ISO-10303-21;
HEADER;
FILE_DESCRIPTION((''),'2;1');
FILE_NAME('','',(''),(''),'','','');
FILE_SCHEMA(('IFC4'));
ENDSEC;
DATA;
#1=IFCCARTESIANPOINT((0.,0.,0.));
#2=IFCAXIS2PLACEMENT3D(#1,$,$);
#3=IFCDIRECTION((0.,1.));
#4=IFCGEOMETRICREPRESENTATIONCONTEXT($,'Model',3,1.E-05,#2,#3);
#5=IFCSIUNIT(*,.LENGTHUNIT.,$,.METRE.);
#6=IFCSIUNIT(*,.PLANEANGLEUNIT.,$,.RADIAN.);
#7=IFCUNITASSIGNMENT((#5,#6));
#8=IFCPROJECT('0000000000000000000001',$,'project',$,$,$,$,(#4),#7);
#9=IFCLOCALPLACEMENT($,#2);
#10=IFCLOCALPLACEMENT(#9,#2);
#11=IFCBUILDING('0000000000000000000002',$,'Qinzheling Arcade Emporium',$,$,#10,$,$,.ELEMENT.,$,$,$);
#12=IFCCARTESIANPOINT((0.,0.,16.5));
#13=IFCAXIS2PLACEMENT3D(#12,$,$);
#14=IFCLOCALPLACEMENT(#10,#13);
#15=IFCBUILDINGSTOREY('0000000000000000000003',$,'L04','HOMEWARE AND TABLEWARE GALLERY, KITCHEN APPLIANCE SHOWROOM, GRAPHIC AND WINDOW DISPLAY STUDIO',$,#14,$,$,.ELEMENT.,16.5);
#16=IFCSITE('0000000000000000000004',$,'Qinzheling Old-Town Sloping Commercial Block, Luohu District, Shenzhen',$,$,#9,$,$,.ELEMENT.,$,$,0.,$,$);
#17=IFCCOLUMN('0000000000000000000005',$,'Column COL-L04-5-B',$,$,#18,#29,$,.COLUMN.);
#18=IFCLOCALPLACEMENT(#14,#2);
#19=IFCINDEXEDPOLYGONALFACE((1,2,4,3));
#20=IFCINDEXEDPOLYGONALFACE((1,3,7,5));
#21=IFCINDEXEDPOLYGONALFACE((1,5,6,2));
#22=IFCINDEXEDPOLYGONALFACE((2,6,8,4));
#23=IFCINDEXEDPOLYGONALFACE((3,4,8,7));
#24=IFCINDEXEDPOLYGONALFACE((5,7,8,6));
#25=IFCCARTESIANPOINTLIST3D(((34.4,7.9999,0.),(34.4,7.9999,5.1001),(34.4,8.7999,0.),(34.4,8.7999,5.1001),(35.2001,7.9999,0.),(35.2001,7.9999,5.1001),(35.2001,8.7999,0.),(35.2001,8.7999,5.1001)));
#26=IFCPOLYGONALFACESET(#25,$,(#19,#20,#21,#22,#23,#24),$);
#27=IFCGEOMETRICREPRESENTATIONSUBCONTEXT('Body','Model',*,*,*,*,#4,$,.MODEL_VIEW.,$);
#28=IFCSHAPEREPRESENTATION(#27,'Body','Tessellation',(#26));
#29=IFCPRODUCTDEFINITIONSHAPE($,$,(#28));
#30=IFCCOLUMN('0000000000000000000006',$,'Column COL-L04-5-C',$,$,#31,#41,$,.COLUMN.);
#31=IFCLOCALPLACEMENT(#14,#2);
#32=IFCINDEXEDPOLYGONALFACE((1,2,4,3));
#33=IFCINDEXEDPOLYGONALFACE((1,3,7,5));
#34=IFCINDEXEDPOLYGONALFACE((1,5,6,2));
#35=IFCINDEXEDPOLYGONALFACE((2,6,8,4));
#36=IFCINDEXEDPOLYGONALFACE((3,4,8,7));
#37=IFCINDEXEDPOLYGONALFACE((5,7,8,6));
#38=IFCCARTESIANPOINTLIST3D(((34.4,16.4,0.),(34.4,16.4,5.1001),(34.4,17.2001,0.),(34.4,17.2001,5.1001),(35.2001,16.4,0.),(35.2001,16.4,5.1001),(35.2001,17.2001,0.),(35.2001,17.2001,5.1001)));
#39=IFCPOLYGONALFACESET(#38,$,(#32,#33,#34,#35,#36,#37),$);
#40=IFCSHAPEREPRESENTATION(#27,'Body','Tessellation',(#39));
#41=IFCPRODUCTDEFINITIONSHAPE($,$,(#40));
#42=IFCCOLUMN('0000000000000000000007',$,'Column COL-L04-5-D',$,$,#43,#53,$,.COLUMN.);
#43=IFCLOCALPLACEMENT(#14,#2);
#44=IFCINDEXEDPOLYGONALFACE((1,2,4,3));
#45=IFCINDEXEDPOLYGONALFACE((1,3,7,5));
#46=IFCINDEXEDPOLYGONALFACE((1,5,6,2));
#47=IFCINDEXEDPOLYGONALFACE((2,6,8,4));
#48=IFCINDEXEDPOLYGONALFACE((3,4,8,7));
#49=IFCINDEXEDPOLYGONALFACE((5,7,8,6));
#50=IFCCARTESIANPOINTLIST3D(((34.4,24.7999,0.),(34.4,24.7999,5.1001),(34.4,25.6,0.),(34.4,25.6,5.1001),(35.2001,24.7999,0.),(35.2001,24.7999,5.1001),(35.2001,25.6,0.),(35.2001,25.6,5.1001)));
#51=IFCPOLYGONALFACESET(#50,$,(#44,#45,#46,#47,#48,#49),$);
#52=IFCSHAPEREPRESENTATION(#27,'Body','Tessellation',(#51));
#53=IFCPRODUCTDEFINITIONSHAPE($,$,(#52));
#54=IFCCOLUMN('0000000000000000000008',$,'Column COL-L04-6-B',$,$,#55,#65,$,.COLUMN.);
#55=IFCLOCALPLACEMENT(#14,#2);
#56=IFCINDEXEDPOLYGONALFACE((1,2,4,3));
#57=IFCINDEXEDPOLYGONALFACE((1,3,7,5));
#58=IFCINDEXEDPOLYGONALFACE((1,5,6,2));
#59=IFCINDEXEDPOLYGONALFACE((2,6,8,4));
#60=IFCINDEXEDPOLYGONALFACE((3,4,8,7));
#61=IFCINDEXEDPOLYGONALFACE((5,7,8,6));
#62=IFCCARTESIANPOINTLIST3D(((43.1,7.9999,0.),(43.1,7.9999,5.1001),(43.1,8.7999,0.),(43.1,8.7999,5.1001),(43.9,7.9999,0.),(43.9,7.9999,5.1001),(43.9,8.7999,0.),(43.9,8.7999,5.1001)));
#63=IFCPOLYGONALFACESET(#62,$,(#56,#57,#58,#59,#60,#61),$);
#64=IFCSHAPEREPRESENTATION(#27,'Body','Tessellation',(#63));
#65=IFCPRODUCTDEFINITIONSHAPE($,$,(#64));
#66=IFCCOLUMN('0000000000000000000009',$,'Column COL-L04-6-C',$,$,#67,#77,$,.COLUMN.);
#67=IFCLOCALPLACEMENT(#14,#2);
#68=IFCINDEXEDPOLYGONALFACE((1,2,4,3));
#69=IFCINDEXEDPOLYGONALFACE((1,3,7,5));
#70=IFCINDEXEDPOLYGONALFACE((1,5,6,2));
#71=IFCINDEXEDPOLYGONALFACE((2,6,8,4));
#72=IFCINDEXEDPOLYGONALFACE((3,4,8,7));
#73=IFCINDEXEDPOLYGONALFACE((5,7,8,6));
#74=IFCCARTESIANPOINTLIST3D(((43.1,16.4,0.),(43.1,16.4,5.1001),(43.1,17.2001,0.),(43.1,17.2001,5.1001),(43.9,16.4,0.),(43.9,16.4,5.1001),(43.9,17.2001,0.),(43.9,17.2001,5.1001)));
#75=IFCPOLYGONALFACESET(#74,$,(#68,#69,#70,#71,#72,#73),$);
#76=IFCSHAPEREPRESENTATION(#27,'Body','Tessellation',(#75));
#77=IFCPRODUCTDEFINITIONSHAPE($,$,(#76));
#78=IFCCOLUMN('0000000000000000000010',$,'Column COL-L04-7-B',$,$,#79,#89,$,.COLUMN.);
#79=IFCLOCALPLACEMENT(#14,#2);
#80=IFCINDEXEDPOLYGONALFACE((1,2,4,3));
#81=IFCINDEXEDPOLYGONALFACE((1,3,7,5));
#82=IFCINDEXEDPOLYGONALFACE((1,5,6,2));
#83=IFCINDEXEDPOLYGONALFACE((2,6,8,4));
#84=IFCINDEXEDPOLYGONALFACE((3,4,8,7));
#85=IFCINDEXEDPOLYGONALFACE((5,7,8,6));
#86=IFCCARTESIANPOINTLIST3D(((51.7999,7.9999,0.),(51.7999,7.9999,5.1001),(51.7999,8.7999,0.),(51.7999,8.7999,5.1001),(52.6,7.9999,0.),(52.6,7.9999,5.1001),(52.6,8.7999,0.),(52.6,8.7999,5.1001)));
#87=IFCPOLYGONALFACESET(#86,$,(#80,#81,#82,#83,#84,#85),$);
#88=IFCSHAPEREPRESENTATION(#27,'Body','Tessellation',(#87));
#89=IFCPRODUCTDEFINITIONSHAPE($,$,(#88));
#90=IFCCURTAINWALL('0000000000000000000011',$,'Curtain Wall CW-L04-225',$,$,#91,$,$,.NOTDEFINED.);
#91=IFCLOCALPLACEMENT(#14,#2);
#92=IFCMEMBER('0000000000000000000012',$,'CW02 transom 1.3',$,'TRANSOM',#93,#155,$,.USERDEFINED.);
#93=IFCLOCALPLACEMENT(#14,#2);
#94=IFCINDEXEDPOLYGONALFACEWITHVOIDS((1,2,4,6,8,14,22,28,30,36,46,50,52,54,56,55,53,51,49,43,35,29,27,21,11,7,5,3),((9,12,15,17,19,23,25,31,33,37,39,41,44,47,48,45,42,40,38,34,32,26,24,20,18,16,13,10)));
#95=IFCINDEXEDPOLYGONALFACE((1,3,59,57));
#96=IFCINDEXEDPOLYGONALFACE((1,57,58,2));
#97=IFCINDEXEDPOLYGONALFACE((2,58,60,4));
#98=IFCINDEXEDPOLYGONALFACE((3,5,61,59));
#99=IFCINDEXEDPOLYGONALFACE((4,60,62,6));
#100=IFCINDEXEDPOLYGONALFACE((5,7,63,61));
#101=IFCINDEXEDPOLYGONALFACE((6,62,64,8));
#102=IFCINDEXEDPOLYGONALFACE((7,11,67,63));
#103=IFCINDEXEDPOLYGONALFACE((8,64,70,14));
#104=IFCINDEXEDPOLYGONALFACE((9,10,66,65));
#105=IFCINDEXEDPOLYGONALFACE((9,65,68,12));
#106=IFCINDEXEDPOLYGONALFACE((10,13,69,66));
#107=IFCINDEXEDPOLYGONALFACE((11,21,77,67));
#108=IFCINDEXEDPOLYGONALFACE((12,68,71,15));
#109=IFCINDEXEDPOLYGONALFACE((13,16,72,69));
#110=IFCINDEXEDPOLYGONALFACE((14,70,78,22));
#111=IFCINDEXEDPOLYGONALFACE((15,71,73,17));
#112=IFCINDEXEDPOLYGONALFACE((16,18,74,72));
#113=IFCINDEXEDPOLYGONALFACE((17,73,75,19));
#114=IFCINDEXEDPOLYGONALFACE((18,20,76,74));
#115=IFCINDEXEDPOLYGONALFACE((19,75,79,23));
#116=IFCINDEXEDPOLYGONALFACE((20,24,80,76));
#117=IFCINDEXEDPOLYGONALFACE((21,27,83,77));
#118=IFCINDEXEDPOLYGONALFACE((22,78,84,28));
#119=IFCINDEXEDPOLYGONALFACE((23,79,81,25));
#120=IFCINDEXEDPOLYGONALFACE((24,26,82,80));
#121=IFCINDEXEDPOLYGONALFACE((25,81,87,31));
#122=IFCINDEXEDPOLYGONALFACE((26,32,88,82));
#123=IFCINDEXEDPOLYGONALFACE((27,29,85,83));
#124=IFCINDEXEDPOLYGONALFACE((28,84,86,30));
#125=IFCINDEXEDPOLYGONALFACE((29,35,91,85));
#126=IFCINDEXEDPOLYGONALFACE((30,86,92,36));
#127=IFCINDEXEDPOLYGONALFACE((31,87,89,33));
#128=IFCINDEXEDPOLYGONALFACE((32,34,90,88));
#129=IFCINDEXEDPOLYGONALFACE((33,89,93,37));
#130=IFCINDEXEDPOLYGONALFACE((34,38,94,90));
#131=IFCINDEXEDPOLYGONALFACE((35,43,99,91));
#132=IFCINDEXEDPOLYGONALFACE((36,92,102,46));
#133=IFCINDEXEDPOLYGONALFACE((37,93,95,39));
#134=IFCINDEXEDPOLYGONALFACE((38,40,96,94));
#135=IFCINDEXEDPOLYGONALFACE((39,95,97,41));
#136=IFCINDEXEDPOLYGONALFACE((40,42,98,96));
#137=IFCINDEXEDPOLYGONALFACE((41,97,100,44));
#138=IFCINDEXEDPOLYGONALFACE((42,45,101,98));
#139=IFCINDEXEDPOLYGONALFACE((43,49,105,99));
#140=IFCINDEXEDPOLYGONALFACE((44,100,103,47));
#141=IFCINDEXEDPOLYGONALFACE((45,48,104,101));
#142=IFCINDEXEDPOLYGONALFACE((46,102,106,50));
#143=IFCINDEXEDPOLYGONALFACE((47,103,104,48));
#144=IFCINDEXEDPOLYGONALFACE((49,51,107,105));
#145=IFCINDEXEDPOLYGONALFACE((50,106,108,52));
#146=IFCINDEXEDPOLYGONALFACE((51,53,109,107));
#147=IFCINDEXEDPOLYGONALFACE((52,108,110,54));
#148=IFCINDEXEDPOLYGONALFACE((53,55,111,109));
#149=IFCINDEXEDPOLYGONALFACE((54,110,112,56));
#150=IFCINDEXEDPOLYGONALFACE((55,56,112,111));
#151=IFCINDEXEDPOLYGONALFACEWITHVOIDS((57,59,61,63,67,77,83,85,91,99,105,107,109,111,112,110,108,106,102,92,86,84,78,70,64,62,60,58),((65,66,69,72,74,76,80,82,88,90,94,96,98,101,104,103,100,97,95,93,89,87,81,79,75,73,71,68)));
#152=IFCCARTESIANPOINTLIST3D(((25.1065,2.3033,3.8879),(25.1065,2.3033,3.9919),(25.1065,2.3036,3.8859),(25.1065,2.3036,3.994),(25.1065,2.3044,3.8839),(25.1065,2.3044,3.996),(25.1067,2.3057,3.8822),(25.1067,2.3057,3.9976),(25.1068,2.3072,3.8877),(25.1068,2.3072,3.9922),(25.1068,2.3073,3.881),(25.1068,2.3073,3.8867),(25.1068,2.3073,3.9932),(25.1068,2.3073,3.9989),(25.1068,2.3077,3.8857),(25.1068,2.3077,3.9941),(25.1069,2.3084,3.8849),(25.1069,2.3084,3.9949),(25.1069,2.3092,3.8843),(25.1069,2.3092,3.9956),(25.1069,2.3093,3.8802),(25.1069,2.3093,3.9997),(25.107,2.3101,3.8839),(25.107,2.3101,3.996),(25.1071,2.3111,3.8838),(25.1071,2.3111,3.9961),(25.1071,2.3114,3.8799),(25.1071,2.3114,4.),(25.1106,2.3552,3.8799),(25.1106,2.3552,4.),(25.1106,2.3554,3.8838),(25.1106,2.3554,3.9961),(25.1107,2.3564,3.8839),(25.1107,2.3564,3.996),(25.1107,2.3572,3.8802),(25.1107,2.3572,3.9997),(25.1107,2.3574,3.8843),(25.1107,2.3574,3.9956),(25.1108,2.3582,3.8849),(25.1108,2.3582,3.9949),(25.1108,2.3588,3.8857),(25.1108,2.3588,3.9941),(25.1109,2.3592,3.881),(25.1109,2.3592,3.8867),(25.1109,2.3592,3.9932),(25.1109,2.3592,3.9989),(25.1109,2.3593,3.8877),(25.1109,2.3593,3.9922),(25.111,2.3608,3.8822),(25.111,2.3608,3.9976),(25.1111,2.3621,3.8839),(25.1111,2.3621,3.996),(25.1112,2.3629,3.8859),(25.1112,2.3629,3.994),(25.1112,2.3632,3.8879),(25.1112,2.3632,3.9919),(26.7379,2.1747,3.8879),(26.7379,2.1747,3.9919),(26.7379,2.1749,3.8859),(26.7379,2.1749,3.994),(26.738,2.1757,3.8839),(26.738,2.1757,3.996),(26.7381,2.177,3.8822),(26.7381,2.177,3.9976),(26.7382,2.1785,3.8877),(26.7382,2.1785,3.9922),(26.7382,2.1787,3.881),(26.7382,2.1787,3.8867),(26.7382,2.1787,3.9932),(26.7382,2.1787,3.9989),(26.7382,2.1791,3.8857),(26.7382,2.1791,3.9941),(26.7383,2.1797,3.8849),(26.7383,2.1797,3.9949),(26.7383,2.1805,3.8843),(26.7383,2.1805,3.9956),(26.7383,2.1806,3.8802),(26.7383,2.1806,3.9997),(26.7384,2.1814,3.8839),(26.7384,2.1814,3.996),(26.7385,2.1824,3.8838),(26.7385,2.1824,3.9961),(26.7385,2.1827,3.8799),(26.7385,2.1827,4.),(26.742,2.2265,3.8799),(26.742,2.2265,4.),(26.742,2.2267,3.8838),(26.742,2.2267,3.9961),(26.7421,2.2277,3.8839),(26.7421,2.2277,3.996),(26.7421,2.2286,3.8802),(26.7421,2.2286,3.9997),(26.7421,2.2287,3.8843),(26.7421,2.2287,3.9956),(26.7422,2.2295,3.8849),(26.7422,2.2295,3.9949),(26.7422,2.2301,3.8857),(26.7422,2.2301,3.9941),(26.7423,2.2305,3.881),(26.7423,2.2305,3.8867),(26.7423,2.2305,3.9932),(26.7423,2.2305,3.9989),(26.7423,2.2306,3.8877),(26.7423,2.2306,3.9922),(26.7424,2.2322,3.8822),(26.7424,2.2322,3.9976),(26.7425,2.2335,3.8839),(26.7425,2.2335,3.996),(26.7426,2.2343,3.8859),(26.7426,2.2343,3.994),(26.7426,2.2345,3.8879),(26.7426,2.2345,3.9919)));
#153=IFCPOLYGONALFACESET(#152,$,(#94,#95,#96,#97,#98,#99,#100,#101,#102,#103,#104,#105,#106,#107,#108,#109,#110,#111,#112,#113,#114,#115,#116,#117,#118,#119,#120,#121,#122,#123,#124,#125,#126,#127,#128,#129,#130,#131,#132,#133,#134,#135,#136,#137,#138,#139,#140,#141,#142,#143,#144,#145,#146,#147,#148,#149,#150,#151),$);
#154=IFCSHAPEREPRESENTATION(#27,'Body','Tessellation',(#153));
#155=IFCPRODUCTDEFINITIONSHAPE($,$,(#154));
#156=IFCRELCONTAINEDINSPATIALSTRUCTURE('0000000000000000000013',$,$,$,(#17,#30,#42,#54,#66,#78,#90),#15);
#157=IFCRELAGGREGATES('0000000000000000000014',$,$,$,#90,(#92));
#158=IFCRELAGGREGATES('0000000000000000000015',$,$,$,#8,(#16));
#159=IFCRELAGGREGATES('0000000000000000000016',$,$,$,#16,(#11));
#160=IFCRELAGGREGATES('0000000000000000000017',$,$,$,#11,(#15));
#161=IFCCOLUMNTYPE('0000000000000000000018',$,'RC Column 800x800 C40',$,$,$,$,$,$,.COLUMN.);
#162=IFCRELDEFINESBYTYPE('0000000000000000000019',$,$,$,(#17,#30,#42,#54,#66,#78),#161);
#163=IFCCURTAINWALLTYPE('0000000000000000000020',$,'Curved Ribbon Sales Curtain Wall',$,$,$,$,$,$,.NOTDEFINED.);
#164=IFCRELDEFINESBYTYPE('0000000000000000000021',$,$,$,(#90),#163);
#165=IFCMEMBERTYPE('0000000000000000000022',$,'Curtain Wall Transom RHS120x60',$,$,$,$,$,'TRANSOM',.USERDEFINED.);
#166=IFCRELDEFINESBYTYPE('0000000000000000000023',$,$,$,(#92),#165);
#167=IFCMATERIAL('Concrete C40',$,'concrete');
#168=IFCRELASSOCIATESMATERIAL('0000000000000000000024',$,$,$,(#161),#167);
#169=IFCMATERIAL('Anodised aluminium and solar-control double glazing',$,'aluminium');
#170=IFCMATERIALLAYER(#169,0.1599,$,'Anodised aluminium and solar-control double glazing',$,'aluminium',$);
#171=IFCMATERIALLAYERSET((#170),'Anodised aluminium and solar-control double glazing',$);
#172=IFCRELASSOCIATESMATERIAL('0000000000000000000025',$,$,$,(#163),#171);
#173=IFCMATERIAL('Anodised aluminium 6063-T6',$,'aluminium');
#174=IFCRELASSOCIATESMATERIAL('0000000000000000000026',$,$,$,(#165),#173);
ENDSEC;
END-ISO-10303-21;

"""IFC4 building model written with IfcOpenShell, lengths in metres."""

from ifc_helpers import new_model, si_unit, direction, frame, origin, origin_2d, place, context, subcontext, project, spatial, rectangle, hollow_rectangle, extrude, material, layer, layer_set, material_profile, profile_set, type_object, element, aggregate, save


model = new_model("IFC4")

# Units and contexts
model_context = context("Model", 3, precision=1e-05, world=origin(), true_north=direction((0.0, 1.0)))
body_context = subcontext(model_context, "Body", "Model", "MODEL_VIEW")
ifc_project = project(units=[si_unit("LENGTHUNIT", "METRE"), si_unit("PLANEANGLEUNIT", "RADIAN")], contexts=[model_context])

# Site, building, storey
site_placement = place(None, origin())
site = spatial("IfcSite", under=ifc_project, at=site_placement, Name="Qinzheling Old-Town Sloping Commercial Block, Luohu District, Shenzhen", CompositionType="ELEMENT", RefElevation=0.0)
building_placement = place(site_placement, origin())
building = spatial("IfcBuilding", under=site, at=building_placement, Name="Qinzheling Arcade Emporium", CompositionType="ELEMENT")
storey_placement = place(building_placement, frame((0.0, 0.0, 16.5)))
storey = spatial("IfcBuildingStorey", under=building, at=storey_placement, Name="L04", Description="HOMEWARE AND TABLEWARE GALLERY, KITCHEN APPLIANCE SHOWROOM, GRAPHIC AND WINDOW DISPLAY STUDIO", CompositionType="ELEMENT", Elevation=16.5)

# Columns
ifc_material_1 = material(Name="Concrete C40", Category="concrete")
ifc_material_profile_1 = material_profile(ifc_material_1, rectangle(XDim=0.8, YDim=0.8, at=origin_2d()), Name="RC 800x800", Category="concrete")
ifc_profile_set_1 = profile_set([ifc_material_profile_1], Name="Concrete C40")
column_type = type_object("IfcColumnType", Name="RC Column 800x800 C40", PredefinedType="COLUMN", material=ifc_profile_set_1)
for number, where, z_axis, x_axis, name in (
    (1, (34.8, 8.3999, 0.0), (0.0, 0.0, 1.0), (1.0, 0.0, 0.0), "Column COL-L04-5-B"),
    (2, (34.8, 16.8, 0.0), (0.0, 0.0, 1.0), (1.0, 0.0, 0.0), "Column COL-L04-5-C"),
    (3, (34.8, 25.2, 0.0), (0.0, 0.0, 1.0), (1.0, 0.0, 0.0), "Column COL-L04-5-D"),
    (4, (43.5, 8.3999, 0.0), (0.0, 0.0, 1.0), (1.0, 0.0, 0.0), "Column COL-L04-6-B"),
    (5, (43.5, 16.8, 0.0), (0.0, 0.0, 1.0), (1.0, 0.0, 0.0), "Column COL-L04-6-C"),
    (6, (52.2, 8.3999, 0.0), (0.0, 0.0, 1.0), (1.0, 0.0, 0.0), "Column COL-L04-7-B"),
):
    element("IfcColumn", number, at=place(storey_placement, frame(where, z_axis=z_axis, x_axis=x_axis)), inside=storey, type_object=column_type, Name=name, PredefinedType="COLUMN", context=body_context, shape_type="SweptSolid", body=[
        extrude(rectangle(XDim=0.8, YDim=0.8, at=origin_2d()), origin(), (0.0, 0.0, 1.0), 5.1001),
    ])

# Curtain wall, member
ifc_material_2 = material(Name="Anodised aluminium and solar-control double glazing", Category="aluminium")
ifc_layer = layer(ifc_material_2, 0.1599, Name="Anodised aluminium and solar-control double glazing", Category="aluminium")
ifc_layer_set = layer_set([ifc_layer], Name="Anodised aluminium and solar-control double glazing")
curtain_wall_type = type_object("IfcCurtainWallType", Name="Curved Ribbon Sales Curtain Wall", PredefinedType="NOTDEFINED", material=ifc_layer_set)
curtain_wall_placement = place(storey_placement, origin())
curtain_wall = element("IfcCurtainWall", 7, at=curtain_wall_placement, inside=storey, type_object=curtain_wall_type, Name="Curtain Wall CW-L04-225", PredefinedType="NOTDEFINED")
ifc_material_3 = material(Name="Anodised aluminium 6063-T6", Category="aluminium")
ifc_material_profile_2 = material_profile(ifc_material_3, hollow_rectangle(XDim=0.0601, YDim=0.1201, WallThickness=0.0039, InnerFilletRadius=0.0039, OuterFilletRadius=0.0081, at=origin_2d()), Name="RHS 120x60x4", Category="aluminium")
ifc_profile_set_2 = profile_set([ifc_material_profile_2], Name="Anodised aluminium 6063-T6")
member_type = type_object("IfcMemberType", Name="Curtain Wall Transom RHS120x60", ElementType="TRANSOM", PredefinedType="USERDEFINED", material=ifc_profile_set_2)
member_1_placement = place(storey_placement, frame((26.7402, 2.2046, 3.9399), z_axis=(-0.996904, 0.078624, 0.0), x_axis=(-0.078624, -0.996904, 0.0)))
member_1 = element("IfcMember", 8, at=member_1_placement, type_object=member_type, Name="CW02 transom 1.3", ObjectType="TRANSOM", PredefinedType="USERDEFINED", context=body_context, shape_type="SweptSolid", body=[
    extrude(hollow_rectangle(XDim=0.0601, YDim=0.1201, WallThickness=0.0039, InnerFilletRadius=0.0039, OuterFilletRadius=0.0081, at=origin_2d()), origin(), (0.0, 0.0, 1.0), 1.6365),
])
aggregate(curtain_wall, [member_1])

save(model, "model.ifc")
